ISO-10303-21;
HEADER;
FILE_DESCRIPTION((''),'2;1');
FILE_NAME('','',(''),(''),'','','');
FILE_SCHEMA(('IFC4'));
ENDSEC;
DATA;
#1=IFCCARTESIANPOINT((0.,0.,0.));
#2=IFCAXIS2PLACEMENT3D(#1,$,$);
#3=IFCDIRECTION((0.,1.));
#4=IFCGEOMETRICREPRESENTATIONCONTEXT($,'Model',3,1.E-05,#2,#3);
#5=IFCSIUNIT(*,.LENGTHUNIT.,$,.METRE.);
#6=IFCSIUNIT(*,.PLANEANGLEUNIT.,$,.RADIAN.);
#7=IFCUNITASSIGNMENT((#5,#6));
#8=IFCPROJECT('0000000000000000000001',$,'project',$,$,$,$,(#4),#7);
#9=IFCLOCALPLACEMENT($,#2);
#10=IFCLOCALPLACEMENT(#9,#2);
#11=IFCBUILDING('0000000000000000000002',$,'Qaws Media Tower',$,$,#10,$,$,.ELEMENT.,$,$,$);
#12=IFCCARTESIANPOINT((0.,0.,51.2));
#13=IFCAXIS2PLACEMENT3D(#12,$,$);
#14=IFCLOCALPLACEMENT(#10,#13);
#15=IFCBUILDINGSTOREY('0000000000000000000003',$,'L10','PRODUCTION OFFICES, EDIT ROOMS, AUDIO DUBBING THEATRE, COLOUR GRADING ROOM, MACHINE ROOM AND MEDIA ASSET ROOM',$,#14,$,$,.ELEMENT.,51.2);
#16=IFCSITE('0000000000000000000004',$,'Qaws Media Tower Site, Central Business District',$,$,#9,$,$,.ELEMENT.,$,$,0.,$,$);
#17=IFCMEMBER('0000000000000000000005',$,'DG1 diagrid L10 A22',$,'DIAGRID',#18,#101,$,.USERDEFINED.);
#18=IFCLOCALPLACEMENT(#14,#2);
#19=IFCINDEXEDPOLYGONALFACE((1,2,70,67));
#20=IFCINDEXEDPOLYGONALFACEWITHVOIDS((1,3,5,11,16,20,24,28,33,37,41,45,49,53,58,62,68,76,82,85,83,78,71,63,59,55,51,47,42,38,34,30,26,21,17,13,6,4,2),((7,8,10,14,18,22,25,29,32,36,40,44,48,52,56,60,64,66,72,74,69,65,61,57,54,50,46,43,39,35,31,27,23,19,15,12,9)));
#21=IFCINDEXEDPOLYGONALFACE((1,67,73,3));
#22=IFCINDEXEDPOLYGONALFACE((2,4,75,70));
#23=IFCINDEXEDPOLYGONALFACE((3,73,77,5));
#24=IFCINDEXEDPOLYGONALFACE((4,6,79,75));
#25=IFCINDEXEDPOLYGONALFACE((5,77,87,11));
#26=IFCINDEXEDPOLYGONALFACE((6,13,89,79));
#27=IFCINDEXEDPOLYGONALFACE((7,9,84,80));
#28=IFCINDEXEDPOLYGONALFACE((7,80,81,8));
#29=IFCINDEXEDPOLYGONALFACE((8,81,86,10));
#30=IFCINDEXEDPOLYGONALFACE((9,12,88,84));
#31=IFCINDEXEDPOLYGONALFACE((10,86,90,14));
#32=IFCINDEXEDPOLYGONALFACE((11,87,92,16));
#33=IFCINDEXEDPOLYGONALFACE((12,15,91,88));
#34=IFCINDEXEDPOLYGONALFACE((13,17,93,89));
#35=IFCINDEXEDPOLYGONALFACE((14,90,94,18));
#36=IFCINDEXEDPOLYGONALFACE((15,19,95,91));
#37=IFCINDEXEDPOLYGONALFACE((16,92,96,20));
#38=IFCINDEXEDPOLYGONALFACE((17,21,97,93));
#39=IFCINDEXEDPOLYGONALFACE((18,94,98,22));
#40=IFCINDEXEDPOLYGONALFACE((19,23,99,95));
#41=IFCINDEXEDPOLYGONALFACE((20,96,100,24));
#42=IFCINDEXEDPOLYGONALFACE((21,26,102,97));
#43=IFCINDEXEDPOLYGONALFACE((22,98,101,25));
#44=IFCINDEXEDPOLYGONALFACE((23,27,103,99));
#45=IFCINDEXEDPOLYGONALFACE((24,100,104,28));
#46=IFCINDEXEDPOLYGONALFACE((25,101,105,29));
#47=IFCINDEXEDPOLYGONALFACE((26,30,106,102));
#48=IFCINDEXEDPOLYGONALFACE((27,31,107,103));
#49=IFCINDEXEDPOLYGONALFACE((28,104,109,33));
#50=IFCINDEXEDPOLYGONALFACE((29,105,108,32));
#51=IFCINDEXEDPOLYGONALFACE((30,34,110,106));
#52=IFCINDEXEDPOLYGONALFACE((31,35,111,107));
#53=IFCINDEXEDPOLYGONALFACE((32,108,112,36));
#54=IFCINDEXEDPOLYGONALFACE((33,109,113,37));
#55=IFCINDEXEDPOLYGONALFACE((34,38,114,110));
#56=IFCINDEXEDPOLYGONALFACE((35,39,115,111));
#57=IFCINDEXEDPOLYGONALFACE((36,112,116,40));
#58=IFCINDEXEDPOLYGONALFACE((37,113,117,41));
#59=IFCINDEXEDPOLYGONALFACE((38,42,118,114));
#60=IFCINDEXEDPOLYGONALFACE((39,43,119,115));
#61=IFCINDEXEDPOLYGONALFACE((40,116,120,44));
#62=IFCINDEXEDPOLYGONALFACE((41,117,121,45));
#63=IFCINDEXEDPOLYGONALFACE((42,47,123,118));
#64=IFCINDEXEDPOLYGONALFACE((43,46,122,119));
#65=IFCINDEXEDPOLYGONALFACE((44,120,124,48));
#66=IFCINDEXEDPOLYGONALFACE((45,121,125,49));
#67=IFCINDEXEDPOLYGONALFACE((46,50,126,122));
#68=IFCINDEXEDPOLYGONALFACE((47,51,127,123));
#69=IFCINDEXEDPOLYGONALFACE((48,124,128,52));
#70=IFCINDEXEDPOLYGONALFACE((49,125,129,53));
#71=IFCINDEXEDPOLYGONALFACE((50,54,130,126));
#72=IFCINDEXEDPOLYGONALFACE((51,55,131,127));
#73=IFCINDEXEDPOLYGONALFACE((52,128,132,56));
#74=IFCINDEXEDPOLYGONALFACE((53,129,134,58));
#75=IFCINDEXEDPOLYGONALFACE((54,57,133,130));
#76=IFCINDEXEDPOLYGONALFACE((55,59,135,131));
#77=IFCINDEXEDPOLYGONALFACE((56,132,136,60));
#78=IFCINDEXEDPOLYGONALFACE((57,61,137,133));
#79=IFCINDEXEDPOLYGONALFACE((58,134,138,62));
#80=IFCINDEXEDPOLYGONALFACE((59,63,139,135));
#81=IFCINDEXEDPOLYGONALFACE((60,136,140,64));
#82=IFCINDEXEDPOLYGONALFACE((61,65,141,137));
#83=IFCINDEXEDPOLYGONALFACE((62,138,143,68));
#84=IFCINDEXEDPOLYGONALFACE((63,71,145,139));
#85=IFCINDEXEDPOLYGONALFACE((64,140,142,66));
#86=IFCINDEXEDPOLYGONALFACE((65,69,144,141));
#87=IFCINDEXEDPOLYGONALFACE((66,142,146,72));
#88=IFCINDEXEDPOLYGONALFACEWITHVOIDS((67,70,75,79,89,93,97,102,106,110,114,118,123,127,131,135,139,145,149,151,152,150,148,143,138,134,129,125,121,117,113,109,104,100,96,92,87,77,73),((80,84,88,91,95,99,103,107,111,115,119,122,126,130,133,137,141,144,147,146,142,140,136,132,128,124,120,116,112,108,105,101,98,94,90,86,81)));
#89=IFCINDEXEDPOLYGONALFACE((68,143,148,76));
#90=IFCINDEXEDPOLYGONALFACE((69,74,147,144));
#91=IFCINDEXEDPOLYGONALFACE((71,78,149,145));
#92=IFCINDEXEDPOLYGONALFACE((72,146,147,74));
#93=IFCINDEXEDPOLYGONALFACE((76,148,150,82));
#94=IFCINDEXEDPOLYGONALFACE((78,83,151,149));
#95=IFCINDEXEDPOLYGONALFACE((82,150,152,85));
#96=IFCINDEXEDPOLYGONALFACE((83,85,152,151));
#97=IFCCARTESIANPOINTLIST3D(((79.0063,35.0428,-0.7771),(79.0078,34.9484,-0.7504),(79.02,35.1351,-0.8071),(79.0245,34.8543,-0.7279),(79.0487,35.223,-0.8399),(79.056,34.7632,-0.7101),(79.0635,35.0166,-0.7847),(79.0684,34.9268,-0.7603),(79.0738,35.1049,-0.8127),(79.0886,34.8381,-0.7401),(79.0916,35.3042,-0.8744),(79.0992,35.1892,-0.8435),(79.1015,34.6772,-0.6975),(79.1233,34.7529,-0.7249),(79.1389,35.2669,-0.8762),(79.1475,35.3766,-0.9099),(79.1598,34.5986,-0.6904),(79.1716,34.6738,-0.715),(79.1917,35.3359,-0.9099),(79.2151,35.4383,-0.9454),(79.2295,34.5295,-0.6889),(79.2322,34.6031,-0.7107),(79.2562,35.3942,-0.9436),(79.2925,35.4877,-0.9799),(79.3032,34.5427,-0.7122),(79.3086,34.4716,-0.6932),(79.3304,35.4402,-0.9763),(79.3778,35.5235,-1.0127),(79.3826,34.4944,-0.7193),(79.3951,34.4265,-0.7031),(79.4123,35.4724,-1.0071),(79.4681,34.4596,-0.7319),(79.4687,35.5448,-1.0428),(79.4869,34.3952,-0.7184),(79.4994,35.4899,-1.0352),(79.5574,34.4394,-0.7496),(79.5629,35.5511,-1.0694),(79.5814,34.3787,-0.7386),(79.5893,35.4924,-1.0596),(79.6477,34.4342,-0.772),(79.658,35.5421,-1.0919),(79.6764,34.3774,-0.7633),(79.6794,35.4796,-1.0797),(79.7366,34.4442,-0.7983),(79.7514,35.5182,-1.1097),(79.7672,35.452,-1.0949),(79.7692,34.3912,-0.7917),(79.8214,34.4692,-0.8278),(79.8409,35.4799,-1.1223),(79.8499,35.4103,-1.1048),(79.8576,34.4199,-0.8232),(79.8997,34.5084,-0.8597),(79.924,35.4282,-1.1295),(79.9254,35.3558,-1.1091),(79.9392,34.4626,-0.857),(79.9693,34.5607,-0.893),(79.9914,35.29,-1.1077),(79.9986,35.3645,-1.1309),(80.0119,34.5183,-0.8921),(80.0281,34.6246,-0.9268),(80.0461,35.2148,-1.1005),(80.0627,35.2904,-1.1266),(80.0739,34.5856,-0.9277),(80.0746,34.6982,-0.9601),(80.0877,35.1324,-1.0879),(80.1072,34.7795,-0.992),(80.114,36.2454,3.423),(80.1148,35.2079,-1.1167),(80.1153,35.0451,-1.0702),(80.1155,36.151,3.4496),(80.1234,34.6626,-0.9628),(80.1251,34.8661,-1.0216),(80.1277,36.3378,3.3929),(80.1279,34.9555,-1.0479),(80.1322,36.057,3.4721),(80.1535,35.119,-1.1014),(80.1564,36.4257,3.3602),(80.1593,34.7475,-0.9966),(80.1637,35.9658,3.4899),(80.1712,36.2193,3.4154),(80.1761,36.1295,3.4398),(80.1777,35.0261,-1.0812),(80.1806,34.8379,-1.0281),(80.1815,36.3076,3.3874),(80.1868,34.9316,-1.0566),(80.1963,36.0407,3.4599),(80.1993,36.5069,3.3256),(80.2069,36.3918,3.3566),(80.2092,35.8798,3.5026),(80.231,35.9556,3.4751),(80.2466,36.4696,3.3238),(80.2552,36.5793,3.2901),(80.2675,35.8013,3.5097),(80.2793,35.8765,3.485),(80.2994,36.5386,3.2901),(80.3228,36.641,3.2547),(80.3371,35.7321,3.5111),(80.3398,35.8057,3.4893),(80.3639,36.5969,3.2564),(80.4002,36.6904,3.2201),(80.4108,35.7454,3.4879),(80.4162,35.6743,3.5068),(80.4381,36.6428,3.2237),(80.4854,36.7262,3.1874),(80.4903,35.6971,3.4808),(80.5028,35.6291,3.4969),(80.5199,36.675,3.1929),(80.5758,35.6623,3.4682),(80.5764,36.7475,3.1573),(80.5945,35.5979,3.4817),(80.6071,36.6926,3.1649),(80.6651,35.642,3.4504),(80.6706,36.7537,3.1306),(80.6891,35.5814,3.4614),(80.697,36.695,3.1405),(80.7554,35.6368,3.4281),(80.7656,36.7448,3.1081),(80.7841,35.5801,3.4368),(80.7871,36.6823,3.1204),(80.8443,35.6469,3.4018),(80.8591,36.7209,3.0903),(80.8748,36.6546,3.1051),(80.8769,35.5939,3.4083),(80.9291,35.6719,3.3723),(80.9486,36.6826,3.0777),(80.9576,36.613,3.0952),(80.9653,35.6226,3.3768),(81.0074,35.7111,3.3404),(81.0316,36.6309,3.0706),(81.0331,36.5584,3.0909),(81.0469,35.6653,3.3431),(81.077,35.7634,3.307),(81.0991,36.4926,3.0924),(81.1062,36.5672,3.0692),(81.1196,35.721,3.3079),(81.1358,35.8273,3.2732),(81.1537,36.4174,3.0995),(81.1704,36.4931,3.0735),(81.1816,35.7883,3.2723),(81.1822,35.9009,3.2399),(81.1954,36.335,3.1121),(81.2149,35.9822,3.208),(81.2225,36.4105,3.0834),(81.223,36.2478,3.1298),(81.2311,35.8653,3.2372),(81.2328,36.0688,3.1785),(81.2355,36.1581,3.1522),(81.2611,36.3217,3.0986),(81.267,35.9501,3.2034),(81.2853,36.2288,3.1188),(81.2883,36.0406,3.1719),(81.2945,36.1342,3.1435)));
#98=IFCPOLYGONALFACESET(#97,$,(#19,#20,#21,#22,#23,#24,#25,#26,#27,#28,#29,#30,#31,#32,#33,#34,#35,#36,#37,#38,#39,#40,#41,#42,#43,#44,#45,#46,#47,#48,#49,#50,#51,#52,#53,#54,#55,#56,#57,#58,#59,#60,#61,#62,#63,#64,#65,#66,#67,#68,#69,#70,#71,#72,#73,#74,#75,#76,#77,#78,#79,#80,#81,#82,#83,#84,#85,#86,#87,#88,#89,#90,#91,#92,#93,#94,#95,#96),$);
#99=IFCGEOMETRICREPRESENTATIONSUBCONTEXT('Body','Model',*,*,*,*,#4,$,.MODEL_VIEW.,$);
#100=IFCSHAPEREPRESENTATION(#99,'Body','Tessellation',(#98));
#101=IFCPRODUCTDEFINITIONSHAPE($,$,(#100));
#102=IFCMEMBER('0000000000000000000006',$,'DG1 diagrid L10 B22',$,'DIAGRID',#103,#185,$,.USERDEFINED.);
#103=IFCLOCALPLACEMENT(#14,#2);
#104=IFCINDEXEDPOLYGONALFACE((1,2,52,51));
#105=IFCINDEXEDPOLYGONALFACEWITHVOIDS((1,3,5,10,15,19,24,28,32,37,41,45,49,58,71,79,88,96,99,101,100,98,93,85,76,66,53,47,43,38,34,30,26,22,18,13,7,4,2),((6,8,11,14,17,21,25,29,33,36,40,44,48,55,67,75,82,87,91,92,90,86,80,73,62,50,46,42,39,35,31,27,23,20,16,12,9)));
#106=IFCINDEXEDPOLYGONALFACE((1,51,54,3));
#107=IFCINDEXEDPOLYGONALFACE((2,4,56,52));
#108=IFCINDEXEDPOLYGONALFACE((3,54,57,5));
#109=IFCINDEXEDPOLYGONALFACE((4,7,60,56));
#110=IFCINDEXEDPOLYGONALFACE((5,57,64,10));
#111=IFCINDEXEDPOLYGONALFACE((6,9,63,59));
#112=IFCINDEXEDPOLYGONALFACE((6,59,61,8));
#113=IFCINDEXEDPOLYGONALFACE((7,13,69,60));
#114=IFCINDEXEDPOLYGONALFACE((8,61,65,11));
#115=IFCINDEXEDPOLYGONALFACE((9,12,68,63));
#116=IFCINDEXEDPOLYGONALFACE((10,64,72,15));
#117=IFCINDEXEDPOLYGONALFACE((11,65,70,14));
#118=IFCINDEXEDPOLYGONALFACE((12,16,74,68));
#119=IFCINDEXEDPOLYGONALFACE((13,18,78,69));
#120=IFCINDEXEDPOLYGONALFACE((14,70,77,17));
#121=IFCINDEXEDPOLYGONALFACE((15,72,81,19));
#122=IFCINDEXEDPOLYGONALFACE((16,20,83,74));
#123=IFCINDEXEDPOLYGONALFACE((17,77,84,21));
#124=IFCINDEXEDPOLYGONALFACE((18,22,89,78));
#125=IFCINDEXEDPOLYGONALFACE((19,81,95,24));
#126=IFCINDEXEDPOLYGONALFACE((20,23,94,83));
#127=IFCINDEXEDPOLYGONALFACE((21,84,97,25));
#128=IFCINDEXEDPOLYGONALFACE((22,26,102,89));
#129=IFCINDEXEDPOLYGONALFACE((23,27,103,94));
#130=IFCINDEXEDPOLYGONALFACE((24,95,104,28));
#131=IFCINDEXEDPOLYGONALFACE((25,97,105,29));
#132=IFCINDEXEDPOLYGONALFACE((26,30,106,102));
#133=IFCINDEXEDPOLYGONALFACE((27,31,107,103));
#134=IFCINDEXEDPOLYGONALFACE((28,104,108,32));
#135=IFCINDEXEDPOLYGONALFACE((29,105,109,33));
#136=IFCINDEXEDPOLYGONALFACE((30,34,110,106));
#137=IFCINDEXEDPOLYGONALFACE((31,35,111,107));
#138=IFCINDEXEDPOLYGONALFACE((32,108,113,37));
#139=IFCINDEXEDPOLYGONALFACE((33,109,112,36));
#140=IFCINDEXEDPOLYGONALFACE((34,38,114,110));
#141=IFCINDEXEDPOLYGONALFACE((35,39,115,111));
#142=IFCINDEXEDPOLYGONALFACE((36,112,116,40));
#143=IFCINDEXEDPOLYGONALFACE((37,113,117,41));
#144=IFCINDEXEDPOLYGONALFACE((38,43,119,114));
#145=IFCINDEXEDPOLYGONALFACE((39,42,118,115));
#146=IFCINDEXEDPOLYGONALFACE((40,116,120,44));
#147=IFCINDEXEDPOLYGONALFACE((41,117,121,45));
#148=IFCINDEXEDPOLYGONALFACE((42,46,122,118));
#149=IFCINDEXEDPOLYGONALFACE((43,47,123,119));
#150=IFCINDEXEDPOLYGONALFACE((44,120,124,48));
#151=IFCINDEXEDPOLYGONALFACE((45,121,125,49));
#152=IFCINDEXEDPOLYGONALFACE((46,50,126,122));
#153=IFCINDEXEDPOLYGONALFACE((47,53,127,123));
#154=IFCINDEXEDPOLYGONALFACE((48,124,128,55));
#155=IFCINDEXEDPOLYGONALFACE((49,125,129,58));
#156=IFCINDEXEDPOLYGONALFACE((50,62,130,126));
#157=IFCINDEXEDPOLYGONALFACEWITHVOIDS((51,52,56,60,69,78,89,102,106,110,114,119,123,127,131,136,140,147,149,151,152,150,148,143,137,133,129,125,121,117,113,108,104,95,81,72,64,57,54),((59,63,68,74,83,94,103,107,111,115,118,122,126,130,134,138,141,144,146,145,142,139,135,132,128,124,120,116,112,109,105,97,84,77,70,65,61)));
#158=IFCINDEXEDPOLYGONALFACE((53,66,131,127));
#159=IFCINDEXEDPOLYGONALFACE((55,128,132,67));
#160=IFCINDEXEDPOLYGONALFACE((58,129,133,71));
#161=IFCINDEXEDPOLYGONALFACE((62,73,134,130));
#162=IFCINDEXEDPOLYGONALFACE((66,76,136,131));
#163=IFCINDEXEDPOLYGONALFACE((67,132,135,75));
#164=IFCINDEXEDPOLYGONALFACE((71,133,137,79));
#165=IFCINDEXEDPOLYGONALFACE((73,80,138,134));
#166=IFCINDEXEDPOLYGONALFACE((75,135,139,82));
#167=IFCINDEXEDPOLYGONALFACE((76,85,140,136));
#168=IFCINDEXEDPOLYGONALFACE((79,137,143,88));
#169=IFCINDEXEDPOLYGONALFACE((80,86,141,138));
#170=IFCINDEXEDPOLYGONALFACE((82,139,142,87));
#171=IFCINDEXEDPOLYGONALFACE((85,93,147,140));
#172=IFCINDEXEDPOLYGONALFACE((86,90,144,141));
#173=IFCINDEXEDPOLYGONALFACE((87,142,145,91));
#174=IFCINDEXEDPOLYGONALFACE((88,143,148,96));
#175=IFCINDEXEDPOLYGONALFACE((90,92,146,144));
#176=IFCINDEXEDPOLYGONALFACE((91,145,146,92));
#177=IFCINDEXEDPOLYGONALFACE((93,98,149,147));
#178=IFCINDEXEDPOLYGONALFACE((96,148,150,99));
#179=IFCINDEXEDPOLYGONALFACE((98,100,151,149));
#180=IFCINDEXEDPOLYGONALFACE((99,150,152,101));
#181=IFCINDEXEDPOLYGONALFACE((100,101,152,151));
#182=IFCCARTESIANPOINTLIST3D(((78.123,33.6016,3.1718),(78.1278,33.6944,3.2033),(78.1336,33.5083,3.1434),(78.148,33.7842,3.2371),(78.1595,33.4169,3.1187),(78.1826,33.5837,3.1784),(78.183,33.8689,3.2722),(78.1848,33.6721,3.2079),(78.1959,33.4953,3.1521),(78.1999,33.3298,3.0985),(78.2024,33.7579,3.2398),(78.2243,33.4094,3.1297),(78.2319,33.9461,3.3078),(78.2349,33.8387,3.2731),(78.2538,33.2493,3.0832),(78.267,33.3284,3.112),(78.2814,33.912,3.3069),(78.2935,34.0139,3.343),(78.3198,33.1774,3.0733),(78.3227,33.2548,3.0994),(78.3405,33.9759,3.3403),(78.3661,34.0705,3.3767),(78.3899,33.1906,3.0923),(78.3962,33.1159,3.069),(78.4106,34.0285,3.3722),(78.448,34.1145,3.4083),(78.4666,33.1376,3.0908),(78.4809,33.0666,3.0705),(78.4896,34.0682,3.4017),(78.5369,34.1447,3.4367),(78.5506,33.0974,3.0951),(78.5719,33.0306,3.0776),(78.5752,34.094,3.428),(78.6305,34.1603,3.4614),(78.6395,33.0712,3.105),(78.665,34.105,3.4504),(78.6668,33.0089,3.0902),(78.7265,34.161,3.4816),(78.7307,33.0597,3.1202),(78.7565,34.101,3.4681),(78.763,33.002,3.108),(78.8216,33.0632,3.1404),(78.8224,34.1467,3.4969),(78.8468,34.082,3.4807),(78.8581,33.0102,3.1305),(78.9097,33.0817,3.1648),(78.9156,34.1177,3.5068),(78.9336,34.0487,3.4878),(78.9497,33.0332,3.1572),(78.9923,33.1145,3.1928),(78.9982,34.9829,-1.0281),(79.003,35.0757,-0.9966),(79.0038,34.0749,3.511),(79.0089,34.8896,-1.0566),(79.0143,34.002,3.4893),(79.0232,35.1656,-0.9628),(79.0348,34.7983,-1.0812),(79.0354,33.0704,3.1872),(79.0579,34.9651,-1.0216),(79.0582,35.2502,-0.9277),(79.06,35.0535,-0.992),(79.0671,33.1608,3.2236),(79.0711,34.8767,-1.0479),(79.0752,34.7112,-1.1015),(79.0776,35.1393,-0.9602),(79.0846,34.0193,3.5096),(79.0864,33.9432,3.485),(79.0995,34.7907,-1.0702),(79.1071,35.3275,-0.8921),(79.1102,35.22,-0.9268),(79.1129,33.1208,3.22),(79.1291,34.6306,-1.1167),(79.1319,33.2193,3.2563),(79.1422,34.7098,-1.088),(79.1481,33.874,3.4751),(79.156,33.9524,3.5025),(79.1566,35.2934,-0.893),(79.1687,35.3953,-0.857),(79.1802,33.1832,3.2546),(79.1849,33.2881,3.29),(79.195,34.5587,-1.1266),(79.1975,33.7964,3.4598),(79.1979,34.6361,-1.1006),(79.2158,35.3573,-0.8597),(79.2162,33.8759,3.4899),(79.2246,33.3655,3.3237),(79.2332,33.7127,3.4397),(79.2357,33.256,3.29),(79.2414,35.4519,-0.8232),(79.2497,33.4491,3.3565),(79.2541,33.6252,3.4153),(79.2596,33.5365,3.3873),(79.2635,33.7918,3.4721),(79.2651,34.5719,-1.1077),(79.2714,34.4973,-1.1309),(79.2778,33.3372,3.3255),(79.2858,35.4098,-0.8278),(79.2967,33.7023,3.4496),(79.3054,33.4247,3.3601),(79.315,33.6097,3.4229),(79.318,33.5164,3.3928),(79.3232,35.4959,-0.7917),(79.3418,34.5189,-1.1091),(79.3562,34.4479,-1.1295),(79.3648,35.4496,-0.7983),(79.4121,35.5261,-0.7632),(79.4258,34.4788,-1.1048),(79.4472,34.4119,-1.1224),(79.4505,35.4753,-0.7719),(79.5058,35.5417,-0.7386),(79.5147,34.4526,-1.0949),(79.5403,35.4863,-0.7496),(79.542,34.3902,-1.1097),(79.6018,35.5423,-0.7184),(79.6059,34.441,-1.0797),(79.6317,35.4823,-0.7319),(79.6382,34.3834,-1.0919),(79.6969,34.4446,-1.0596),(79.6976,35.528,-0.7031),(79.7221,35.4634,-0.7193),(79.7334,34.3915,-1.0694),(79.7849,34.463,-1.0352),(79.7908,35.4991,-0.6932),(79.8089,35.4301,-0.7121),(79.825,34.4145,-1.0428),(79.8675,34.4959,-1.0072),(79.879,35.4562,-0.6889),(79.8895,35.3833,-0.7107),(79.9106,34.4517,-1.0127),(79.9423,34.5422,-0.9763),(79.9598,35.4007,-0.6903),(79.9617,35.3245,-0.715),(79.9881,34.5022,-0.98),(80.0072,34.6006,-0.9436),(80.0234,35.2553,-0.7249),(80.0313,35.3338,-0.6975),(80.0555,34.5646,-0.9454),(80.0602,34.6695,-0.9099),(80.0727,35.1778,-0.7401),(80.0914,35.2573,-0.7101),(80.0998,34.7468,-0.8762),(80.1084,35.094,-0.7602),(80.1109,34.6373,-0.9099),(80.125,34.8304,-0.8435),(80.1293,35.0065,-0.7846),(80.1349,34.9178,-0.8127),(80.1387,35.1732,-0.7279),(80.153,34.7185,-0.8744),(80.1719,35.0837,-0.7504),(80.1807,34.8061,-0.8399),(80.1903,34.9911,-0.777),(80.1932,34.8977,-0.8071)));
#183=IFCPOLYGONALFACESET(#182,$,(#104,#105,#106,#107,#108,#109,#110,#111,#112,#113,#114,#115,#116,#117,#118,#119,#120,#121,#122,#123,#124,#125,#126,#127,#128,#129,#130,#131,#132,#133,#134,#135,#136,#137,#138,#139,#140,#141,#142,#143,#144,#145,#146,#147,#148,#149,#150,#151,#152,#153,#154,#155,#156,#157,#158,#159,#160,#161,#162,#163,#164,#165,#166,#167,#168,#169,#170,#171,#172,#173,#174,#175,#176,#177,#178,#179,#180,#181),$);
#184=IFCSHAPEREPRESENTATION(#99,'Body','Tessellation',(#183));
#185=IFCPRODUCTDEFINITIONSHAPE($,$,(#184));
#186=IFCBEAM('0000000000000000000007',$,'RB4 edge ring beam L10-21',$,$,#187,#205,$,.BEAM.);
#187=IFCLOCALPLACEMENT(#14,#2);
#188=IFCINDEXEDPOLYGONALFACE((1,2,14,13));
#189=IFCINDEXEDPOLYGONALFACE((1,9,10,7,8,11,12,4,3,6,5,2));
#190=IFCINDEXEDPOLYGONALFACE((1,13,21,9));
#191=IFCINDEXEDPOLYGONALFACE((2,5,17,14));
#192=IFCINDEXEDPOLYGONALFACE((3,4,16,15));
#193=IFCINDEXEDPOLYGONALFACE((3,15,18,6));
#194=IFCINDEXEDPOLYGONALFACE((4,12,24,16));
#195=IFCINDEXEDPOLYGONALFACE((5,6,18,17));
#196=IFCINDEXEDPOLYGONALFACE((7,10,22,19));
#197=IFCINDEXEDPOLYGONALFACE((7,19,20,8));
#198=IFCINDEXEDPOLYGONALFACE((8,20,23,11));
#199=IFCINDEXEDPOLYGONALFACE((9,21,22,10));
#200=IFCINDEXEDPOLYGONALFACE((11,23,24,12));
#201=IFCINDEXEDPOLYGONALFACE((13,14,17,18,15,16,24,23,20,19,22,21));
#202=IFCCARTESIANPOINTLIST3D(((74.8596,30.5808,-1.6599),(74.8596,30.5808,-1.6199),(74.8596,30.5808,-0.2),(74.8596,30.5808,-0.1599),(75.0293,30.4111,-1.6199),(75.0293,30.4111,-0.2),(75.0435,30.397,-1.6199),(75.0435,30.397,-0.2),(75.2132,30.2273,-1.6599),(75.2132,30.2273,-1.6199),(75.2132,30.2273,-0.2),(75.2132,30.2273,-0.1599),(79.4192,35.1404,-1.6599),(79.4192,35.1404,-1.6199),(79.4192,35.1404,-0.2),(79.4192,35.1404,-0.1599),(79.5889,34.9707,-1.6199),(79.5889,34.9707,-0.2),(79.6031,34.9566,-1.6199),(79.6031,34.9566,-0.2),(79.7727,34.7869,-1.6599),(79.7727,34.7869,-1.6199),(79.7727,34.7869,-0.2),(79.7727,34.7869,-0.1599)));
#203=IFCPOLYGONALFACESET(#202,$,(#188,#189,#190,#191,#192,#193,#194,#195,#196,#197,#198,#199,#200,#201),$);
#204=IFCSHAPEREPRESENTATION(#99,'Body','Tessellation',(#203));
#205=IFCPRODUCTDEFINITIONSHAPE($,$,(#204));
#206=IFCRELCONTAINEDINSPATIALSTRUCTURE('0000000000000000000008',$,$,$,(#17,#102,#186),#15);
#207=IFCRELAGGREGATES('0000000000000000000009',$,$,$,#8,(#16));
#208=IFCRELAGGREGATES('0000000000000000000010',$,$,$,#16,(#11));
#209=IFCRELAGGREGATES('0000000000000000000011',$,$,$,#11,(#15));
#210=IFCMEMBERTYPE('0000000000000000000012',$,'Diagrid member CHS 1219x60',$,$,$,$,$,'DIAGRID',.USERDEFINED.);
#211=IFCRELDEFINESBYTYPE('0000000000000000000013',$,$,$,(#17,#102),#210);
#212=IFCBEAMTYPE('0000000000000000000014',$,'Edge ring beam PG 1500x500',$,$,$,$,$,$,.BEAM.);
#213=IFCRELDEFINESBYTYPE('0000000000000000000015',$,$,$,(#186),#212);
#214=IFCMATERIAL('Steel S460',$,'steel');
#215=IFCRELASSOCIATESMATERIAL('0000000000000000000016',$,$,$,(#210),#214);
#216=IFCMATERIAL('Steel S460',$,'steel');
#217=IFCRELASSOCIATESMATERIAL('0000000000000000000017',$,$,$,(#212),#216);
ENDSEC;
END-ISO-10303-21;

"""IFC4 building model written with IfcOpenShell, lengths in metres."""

from ifc_helpers import new_model, si_unit, direction, frame, origin, origin_2d, place, context, subcontext, project, spatial, hollow_circle, i_section, extrude, material, material_profile, profile_set, type_object, element, save


model = new_model("IFC4")

# Units and contexts
model_context = context("Model", 3, precision=1e-05, world=origin(), true_north=direction((0.0, 1.0)))
body_context = subcontext(model_context, "Body", "Model", "MODEL_VIEW")
ifc_project = project(units=[si_unit("LENGTHUNIT", "METRE"), si_unit("PLANEANGLEUNIT", "RADIAN")], contexts=[model_context])

# Site, building, storey
site_placement = place(None, origin())
site = spatial("IfcSite", under=ifc_project, at=site_placement, Name="Qaws Media Tower Site, Central Business District", CompositionType="ELEMENT", RefElevation=0.0)
building_placement = place(site_placement, origin())
building = spatial("IfcBuilding", under=site, at=building_placement, Name="Qaws Media Tower", CompositionType="ELEMENT")
storey_placement = place(building_placement, frame((0.0, 0.0, 51.2)))
storey = spatial("IfcBuildingStorey", under=building, at=storey_placement, Name="L10", Description="PRODUCTION OFFICES, EDIT ROOMS, AUDIO DUBBING THEATRE, COLOUR GRADING ROOM, MACHINE ROOM AND MEDIA ASSET ROOM", CompositionType="ELEMENT", Elevation=51.2)

# Members
ifc_material_1 = material(Name="Steel S460", Category="steel")
ifc_material_profile_1 = material_profile(ifc_material_1, hollow_circle(Radius=0.6096, WallThickness=0.0601, at=origin_2d()), Name="CHS 1219x60")
ifc_profile_set_1 = profile_set([ifc_material_profile_1], Name="Steel S460")
member_type_1 = type_object("IfcMemberType", Name="Diagrid member CHS 1219x60", ElementType="DIAGRID", PredefinedType="USERDEFINED", material=ifc_profile_set_1)
for number, where, z_axis, x_axis, name in (
    (1, (79.5959, 34.9636, -0.9099), (0.245767, 0.266839, 0.931877), (-0.735553, 0.677467, 0.0), "DG1 diagrid L10 A22"),
    (2, (79.5959, 34.9636, -0.9099), (-0.194193, -0.306484, 0.931857), (0.844711, -0.535223, 0.0), "DG1 diagrid L10 B22"),
):
    element("IfcMember", number, at=place(storey_placement, frame(where, z_axis=z_axis, x_axis=x_axis)), inside=storey, type_object=member_type_1, Name=name, ObjectType="DIAGRID", PredefinedType="USERDEFINED", context=body_context, shape_type="SweptSolid", body=[
        extrude(hollow_circle(Radius=0.6096, WallThickness=0.0601, at=origin_2d()), origin(), (0.0, 0.0, 1.0), 4.5071),
    ])

# Beam
ifc_material_2 = material(Name="Steel S460", Category="steel")
ifc_material_profile_2 = material_profile(ifc_material_2, i_section(OverallWidth=0.5, OverallDepth=1.5, WebThickness=0.02, FlangeThickness=0.04, at=origin_2d()), Name="PG 1500x500")
ifc_profile_set_2 = profile_set([ifc_material_profile_2], Name="Steel S460")
beam_type = type_object("IfcBeamType", Name="Edge ring beam PG 1500x500", PredefinedType="BEAM", material=ifc_profile_set_2)
beam_1_placement = place(storey_placement, frame((75.0364, 30.4041, -0.9099), z_axis=(0.707107, 0.707107, 0.0), x_axis=(-0.707107, 0.707107, 0.0)))
element("IfcBeam", 3, at=beam_1_placement, inside=storey, type_object=beam_type, Name="RB4 edge ring beam L10-21", PredefinedType="BEAM", context=body_context, shape_type="SweptSolid", body=[
    extrude(i_section(OverallWidth=0.5, OverallDepth=1.5, WebThickness=0.02, FlangeThickness=0.04, at=origin_2d()), origin(), (0.0, 0.0, 1.0), 6.4482),
])

save(model, "model.ifc")
